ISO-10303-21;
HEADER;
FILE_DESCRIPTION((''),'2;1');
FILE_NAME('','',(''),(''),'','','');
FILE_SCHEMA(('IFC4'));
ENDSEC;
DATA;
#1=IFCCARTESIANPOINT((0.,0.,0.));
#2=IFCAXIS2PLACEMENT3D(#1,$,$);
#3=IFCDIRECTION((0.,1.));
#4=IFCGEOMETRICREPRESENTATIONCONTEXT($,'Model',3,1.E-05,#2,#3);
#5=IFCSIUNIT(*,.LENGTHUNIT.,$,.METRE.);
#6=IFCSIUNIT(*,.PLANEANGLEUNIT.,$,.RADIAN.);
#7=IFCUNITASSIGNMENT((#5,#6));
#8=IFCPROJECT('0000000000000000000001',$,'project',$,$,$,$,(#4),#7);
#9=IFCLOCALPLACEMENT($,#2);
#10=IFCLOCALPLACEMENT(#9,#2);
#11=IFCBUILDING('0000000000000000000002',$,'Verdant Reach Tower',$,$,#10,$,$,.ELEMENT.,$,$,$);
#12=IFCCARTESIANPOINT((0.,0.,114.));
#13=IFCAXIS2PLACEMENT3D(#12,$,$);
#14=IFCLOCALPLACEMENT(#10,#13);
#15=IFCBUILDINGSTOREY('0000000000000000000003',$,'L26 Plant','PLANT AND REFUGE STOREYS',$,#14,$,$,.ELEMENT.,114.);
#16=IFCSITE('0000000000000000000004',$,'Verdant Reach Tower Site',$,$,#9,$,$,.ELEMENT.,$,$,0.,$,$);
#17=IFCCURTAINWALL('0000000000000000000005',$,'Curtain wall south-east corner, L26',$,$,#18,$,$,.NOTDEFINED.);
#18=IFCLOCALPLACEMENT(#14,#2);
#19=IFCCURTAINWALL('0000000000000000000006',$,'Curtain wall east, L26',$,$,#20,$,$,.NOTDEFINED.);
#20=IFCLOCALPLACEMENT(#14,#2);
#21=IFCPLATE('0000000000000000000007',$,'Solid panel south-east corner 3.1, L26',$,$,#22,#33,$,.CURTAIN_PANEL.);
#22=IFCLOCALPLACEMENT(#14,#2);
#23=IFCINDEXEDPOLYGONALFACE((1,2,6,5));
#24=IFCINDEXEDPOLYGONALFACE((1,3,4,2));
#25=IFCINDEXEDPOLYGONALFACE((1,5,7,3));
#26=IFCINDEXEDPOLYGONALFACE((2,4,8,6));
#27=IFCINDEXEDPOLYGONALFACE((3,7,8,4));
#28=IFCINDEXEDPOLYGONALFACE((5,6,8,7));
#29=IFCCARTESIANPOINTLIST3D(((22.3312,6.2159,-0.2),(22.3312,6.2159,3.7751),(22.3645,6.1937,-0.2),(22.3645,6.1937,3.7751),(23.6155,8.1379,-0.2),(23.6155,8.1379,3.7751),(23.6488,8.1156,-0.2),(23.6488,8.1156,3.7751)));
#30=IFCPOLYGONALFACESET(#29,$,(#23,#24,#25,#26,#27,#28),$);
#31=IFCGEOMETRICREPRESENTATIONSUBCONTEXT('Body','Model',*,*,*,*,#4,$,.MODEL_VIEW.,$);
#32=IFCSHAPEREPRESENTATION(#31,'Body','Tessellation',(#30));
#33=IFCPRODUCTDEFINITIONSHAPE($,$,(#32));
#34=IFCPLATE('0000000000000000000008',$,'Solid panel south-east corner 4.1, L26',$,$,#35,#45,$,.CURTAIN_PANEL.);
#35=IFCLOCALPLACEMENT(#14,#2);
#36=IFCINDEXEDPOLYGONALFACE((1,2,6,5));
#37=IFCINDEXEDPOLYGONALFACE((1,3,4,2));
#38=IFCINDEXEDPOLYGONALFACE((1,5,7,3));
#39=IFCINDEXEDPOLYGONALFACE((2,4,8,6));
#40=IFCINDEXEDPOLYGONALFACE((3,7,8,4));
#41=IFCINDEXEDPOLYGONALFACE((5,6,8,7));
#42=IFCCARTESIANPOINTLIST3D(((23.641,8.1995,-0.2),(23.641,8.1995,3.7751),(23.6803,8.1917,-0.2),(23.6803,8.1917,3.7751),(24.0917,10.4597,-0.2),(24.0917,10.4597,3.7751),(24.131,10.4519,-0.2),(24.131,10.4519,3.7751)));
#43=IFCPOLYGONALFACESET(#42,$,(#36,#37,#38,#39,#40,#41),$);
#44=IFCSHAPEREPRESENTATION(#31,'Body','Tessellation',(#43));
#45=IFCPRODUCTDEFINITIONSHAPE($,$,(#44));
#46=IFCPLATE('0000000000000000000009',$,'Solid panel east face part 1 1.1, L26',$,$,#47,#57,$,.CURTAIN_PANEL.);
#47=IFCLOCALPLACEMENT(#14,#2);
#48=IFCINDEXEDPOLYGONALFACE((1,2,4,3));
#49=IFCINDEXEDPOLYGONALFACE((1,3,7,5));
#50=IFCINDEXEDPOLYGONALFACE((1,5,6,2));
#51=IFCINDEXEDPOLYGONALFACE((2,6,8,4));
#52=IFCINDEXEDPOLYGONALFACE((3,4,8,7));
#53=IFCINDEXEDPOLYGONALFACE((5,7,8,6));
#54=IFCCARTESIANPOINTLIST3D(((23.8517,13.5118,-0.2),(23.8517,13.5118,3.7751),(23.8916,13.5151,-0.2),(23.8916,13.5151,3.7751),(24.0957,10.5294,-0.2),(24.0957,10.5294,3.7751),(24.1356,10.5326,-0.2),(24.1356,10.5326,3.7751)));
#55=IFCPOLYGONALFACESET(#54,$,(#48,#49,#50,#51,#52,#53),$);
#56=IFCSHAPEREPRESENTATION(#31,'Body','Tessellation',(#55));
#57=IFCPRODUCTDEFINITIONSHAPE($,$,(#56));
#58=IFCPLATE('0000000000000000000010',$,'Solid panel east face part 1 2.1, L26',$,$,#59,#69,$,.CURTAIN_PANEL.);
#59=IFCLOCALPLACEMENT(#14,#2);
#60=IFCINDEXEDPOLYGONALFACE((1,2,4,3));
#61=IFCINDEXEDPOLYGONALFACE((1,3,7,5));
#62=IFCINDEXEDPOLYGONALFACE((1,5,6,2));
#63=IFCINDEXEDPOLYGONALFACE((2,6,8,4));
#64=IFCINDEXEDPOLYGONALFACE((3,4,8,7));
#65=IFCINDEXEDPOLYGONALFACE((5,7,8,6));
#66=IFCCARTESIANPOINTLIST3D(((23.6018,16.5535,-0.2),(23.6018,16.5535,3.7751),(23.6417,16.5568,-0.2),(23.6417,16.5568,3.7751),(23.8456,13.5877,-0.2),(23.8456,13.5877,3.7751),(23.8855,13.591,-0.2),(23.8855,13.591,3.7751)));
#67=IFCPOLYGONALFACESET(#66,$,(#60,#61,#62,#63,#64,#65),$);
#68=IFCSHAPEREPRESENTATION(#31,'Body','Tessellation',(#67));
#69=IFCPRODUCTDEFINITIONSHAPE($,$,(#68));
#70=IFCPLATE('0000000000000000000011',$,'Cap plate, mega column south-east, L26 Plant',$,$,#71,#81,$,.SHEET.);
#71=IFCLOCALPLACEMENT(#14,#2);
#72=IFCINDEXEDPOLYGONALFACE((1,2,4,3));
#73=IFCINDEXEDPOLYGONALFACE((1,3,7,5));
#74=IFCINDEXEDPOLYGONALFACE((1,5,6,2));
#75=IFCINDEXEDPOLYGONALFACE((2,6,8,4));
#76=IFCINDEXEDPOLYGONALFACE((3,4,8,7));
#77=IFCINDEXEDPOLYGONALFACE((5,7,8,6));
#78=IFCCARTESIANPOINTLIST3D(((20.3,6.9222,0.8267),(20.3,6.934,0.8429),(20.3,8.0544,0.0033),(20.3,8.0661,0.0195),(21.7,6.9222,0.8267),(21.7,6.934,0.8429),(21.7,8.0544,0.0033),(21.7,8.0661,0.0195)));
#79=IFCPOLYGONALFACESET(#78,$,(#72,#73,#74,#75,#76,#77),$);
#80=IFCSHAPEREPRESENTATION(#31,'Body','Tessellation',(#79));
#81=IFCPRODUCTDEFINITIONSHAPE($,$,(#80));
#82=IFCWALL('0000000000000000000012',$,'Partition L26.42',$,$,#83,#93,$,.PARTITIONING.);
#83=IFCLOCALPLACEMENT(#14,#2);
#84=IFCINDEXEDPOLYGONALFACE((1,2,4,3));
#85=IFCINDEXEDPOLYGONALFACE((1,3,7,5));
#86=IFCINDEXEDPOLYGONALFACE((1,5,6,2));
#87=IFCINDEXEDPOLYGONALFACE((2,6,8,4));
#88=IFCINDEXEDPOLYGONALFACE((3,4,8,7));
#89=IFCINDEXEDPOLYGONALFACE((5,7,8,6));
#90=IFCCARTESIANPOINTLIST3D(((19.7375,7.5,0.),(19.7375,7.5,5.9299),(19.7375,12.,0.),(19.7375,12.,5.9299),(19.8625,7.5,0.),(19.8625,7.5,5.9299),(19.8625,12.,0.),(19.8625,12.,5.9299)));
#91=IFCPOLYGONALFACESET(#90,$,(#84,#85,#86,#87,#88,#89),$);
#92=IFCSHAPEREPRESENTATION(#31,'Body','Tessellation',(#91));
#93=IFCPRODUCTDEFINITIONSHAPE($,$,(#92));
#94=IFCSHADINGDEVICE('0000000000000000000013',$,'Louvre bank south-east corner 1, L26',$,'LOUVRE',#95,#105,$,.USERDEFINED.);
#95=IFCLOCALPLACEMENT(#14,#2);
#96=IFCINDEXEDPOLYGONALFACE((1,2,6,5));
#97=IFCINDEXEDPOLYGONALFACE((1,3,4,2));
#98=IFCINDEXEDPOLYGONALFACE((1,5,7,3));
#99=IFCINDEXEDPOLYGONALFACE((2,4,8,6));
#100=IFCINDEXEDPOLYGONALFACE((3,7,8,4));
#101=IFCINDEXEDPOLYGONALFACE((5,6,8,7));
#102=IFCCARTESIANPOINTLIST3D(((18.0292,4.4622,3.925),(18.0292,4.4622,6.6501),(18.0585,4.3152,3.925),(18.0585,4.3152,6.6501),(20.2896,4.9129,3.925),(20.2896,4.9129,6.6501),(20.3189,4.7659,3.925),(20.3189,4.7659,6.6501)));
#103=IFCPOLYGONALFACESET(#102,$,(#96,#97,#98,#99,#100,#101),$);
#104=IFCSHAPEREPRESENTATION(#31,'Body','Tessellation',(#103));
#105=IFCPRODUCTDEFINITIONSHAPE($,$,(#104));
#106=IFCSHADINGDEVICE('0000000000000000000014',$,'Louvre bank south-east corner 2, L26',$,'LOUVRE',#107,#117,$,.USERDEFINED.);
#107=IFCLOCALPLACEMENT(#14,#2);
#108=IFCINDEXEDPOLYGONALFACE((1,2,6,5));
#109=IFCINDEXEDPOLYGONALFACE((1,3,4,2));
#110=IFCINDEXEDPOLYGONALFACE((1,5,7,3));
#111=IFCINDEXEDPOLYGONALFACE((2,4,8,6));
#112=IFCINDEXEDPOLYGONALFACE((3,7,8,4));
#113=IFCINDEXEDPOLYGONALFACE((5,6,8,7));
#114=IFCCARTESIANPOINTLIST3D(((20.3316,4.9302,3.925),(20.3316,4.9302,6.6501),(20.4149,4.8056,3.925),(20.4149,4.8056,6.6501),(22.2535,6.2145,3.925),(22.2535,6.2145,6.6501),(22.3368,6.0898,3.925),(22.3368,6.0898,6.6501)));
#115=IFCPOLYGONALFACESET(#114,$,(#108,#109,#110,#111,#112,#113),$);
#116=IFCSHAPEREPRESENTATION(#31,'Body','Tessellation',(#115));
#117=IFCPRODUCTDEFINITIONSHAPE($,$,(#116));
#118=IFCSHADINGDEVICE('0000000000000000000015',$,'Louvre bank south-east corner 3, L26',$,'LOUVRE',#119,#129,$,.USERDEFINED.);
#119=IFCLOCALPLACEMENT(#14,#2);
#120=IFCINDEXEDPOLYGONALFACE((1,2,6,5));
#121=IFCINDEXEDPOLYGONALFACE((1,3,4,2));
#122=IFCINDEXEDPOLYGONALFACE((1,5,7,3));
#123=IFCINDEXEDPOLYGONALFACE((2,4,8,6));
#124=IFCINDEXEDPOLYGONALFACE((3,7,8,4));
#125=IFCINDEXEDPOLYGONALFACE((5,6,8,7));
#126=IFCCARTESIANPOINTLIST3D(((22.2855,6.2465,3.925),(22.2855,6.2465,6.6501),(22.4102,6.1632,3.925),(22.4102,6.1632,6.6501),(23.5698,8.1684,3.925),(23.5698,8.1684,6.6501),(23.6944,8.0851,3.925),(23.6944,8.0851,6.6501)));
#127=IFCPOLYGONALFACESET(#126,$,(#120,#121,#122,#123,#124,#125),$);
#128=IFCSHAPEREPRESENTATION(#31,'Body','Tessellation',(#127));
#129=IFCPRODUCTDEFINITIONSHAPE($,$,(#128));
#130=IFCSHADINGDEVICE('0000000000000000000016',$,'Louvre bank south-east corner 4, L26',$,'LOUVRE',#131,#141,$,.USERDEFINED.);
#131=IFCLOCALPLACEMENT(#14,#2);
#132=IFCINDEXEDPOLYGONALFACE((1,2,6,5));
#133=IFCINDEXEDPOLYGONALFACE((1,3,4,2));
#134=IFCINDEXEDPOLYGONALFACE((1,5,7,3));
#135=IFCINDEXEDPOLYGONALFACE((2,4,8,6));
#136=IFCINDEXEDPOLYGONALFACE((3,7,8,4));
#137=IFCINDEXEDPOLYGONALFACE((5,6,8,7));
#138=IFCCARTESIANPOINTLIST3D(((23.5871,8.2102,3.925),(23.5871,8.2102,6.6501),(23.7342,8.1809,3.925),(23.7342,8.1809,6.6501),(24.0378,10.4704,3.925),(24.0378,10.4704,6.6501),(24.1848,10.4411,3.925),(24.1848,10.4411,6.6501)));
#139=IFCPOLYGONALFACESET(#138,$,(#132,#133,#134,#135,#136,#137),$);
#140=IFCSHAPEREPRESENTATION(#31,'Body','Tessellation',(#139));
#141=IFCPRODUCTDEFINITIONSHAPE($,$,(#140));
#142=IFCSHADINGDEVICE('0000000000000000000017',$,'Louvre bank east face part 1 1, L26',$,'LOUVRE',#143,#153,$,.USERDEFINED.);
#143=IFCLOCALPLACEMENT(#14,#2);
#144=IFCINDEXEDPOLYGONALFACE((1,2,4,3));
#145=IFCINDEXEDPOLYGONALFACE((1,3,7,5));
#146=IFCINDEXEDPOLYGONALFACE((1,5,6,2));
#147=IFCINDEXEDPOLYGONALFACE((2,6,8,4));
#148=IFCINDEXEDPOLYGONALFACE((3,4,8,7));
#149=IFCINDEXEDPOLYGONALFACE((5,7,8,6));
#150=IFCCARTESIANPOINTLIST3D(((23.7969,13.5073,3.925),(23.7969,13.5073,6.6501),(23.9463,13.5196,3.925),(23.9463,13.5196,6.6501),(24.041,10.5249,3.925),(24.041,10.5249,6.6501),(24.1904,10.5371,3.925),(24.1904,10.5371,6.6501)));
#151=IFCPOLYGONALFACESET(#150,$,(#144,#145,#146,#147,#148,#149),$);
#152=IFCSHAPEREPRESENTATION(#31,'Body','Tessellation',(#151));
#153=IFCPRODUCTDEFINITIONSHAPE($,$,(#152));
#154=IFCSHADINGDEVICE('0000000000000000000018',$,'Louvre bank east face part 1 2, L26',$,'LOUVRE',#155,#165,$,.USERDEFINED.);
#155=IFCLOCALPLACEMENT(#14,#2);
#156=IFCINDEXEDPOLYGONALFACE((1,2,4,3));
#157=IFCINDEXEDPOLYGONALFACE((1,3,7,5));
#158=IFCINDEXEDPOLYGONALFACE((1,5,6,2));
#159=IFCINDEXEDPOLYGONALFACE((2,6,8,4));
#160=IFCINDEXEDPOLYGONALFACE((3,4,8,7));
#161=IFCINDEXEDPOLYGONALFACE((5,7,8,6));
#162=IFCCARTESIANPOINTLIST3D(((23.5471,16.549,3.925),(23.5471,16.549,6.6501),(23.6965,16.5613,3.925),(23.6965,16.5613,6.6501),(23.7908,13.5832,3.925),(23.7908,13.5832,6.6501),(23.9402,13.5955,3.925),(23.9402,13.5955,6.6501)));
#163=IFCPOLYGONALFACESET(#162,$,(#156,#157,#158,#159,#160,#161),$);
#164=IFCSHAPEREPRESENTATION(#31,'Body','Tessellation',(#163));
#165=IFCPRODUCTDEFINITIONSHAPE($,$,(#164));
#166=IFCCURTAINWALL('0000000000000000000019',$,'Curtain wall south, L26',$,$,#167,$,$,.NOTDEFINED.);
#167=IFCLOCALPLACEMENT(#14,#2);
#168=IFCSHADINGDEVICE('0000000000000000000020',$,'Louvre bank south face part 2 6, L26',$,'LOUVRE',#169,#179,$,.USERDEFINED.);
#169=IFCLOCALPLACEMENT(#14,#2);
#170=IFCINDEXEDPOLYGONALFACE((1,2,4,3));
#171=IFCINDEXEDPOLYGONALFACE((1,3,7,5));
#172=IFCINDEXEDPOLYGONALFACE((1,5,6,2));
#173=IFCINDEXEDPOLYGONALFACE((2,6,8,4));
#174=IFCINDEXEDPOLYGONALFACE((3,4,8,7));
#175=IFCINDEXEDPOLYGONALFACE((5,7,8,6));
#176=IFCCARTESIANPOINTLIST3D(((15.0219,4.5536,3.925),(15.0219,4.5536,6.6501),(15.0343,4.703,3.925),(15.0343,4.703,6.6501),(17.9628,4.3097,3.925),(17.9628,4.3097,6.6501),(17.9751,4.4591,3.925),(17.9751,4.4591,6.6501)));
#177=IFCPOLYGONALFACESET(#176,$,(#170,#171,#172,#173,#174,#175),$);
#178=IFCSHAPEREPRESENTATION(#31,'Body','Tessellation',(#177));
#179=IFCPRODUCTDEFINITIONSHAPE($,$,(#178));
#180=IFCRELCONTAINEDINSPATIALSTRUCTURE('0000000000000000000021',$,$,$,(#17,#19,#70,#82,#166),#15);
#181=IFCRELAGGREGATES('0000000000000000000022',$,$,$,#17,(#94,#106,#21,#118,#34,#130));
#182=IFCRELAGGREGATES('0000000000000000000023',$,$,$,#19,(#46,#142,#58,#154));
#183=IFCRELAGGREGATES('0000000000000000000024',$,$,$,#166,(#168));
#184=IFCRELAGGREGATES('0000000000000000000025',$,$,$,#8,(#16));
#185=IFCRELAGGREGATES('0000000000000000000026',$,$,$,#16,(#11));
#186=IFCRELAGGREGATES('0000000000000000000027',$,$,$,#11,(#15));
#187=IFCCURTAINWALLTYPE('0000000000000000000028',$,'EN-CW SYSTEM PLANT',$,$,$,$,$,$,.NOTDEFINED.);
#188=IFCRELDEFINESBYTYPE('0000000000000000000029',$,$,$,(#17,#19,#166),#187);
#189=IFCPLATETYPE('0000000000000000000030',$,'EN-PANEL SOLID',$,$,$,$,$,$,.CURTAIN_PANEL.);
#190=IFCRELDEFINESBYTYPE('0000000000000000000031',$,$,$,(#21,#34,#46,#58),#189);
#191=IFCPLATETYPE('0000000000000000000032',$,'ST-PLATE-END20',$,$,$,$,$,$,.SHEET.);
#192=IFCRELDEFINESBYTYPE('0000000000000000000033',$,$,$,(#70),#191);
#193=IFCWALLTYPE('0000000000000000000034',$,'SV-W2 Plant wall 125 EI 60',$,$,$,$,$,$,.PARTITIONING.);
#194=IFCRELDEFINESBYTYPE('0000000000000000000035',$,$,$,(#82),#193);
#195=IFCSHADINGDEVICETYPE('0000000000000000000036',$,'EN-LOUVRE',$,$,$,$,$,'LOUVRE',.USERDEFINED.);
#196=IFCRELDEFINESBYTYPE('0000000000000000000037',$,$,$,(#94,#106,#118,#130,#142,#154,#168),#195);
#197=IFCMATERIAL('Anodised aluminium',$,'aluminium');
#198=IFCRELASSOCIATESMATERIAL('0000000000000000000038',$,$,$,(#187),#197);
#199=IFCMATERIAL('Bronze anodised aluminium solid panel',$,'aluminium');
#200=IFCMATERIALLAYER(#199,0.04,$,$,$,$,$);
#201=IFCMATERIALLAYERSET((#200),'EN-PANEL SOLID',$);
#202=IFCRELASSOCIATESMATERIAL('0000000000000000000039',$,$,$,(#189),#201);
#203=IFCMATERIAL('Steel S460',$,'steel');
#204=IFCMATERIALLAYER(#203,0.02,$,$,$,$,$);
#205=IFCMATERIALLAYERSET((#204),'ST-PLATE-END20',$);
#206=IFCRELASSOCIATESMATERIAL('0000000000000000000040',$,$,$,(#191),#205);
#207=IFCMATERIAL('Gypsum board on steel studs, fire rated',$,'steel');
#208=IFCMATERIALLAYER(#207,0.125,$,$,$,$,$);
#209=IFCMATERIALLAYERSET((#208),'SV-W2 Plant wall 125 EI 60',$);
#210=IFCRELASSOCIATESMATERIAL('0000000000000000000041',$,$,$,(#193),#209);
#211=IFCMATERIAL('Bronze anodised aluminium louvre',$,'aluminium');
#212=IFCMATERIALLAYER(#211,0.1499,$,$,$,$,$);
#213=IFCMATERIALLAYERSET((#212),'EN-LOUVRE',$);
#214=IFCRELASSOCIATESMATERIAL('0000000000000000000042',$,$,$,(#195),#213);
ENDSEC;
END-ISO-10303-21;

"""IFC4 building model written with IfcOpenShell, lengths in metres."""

from ifc_helpers import new_model, si_unit, direction, frame, frame_2d, origin, origin_2d, place, context, subcontext, project, spatial, rectangle, extrude, material, layer, layer_set, type_object, element, aggregate, save


model = new_model("IFC4")

# Units and contexts
model_context = context("Model", 3, precision=1e-05, world=origin(), true_north=direction((0.0, 1.0)))
body_context = subcontext(model_context, "Body", "Model", "MODEL_VIEW")
ifc_project = project(units=[si_unit("LENGTHUNIT", "METRE"), si_unit("PLANEANGLEUNIT", "RADIAN")], contexts=[model_context])

# Site, building, storey
site_placement = place(None, origin())
site = spatial("IfcSite", under=ifc_project, at=site_placement, Name="Verdant Reach Tower Site", CompositionType="ELEMENT", RefElevation=0.0)
building_placement = place(site_placement, origin())
building = spatial("IfcBuilding", under=site, at=building_placement, Name="Verdant Reach Tower", CompositionType="ELEMENT")
storey_placement = place(building_placement, frame((0.0, 0.0, 114.0)))
storey = spatial("IfcBuildingStorey", under=building, at=storey_placement, Name="L26 Plant", Description="PLANT AND REFUGE STOREYS", CompositionType="ELEMENT", Elevation=114.0)

# Shared definitions
ifc_material_1 = material(Name="Steel S460", Category="steel")

# Curtain walls
ifc_material_2 = material(Name="Anodised aluminium", Category="aluminium")
curtain_wall_type = type_object("IfcCurtainWallType", Name="EN-CW SYSTEM PLANT", PredefinedType="NOTDEFINED", material=ifc_material_2)
curtain_wall_1_placement = place(storey_placement, origin())
curtain_wall_1 = element("IfcCurtainWall", 1, at=curtain_wall_1_placement, inside=storey, type_object=curtain_wall_type, Name="Curtain wall south-east corner, L26", PredefinedType="NOTDEFINED")
curtain_wall_2_placement = place(storey_placement, origin())
curtain_wall_2 = element("IfcCurtainWall", 2, at=curtain_wall_2_placement, inside=storey, type_object=curtain_wall_type, Name="Curtain wall east, L26", PredefinedType="NOTDEFINED")

# Plates
ifc_material_3 = material(Name="Bronze anodised aluminium solid panel", Category="aluminium")
ifc_layer_1 = layer(ifc_material_3, 0.04)
ifc_layer_set_1 = layer_set([ifc_layer_1], Name="EN-PANEL SOLID")
plate_type_1 = type_object("IfcPlateType", Name="EN-PANEL SOLID", PredefinedType="CURTAIN_PANEL", material=ifc_layer_set_1)
plate_1_placement = place(storey_placement, frame((22.99, 7.1658, -0.2), z_axis=(0.0, 0.0, 1.0), x_axis=(0.555596, 0.831452, 0.0)))
plate_1 = element("IfcPlate", 3, at=plate_1_placement, type_object=plate_type_1, Name="Solid panel south-east corner 3.1, L26", PredefinedType="CURTAIN_PANEL", context=body_context, shape_type="SweptSolid", body=[
    extrude(rectangle(XDim=2.3115, YDim=0.04, at=origin_2d()), origin(), (0.0, 0.0, 1.0), 3.9751),
])
plate_2_placement = place(storey_placement, frame((23.886, 9.3257, -0.2), z_axis=(0.0, 0.0, 1.0), x_axis=(0.195549, 0.980694, 0.0)))
plate_2 = element("IfcPlate", 4, at=plate_2_placement, type_object=plate_type_1, Name="Solid panel south-east corner 4.1, L26", PredefinedType="CURTAIN_PANEL", context=body_context, shape_type="SweptSolid", body=[
    extrude(rectangle(XDim=2.3047, YDim=0.04, at=origin_2d()), origin(), (0.0, 0.0, 1.0), 3.9751),
])
plate_3_placement = place(storey_placement, frame((23.9937, 12.0222, -0.2), z_axis=(0.0, 0.0, 1.0), x_axis=(-0.081542, 0.99667, 0.0)))
plate_3 = element("IfcPlate", 5, at=plate_3_placement, type_object=plate_type_1, Name="Solid panel east face part 1 1.1, L26", PredefinedType="CURTAIN_PANEL", context=body_context, shape_type="SweptSolid", body=[
    extrude(rectangle(XDim=2.9924, YDim=0.04, at=origin_2d()), origin(), (0.0, 0.0, 1.0), 3.9751),
])
plate_4_placement = place(storey_placement, frame((23.7437, 15.0723, -0.2), z_axis=(0.0, 0.0, 1.0), x_axis=(-0.081916, 0.996639, 0.0)))
plate_4 = element("IfcPlate", 6, at=plate_4_placement, type_object=plate_type_1, Name="Solid panel east face part 1 2.1, L26", PredefinedType="CURTAIN_PANEL", context=body_context, shape_type="SweptSolid", body=[
    extrude(rectangle(XDim=2.9758, YDim=0.04, at=origin_2d()), origin(), (0.0, 0.0, 1.0), 3.9751),
])
ifc_layer_2 = layer(ifc_material_1, 0.02)
ifc_layer_set_2 = layer_set([ifc_layer_2], Name="ST-PLATE-END20")
plate_type_2 = type_object("IfcPlateType", Name="ST-PLATE-END20", PredefinedType="SHEET", material=ifc_layer_set_2)
plate_5_placement = place(storey_placement, frame((21.0, 7.4883, 0.415), z_axis=(0.0, 0.588172, 0.808736), x_axis=(-1.0, 0.0, 0.0)))
element("IfcPlate", 7, at=plate_5_placement, inside=storey, type_object=plate_type_2, Name="Cap plate, mega column south-east, L26 Plant", PredefinedType="SHEET", context=body_context, shape_type="SweptSolid", body=[
    extrude(rectangle(XDim=1.3999, YDim=1.3999, at=origin_2d()), origin(), (0.0, 0.0, 1.0), 0.02),
])

# Wall
ifc_material_4 = material(Name="Gypsum board on steel studs, fire rated", Category="steel")
ifc_layer_3 = layer(ifc_material_4, 0.125)
ifc_layer_set_3 = layer_set([ifc_layer_3], Name="SV-W2 Plant wall 125 EI 60")
wall_type = type_object("IfcWallType", Name="SV-W2 Plant wall 125 EI 60", PredefinedType="PARTITIONING", material=ifc_layer_set_3)
wall_placement = place(storey_placement, frame((19.8, 12.0, 0.0), z_axis=(0.0, 0.0, 1.0), x_axis=(0.0, -1.0, 0.0)))
element("IfcWall", 8, at=wall_placement, inside=storey, type_object=wall_type, Name="Partition L26.42", PredefinedType="PARTITIONING", context=body_context, shape_type="SweptSolid", body=[
    extrude(rectangle(XDim=4.5, YDim=0.125, at=frame_2d((2.25, 0.0))), origin(), (0.0, 0.0, 1.0), 5.9299),
])

# Shading devices
ifc_material_5 = material(Name="Bronze anodised aluminium louvre", Category="aluminium")
ifc_layer_4 = layer(ifc_material_5, 0.1499)
ifc_layer_set_4 = layer_set([ifc_layer_4], Name="EN-LOUVRE")
shading_device_type = type_object("IfcShadingDeviceType", Name="EN-LOUVRE", ElementType="LOUVRE", PredefinedType="USERDEFINED", material=ifc_layer_set_4)
shading_device_1_placement = place(storey_placement, frame((19.1741, 4.614, 3.925), z_axis=(0.0, 0.0, 1.0), x_axis=(0.980695, 0.195545, 0.0)))
shading_device_1 = element("IfcShadingDevice", 9, at=shading_device_1_placement, type_object=shading_device_type, Name="Louvre bank south-east corner 1, L26", ObjectType="LOUVRE", PredefinedType="USERDEFINED", context=body_context, shape_type="SweptSolid", body=[
    extrude(rectangle(XDim=2.3049, YDim=0.1499, at=origin_2d()), origin(), (0.0, 0.0, 1.0), 2.7251),
])
shading_device_2_placement = place(storey_placement, frame((21.3342, 5.51, 3.925), z_axis=(0.0, 0.0, 1.0), x_axis=(0.831452, 0.555596, 0.0)))
shading_device_2 = element("IfcShadingDevice", 10, at=shading_device_2_placement, type_object=shading_device_type, Name="Louvre bank south-east corner 2, L26", ObjectType="LOUVRE", PredefinedType="USERDEFINED", context=body_context, shape_type="SweptSolid", body=[
    extrude(rectangle(XDim=2.3115, YDim=0.1499, at=origin_2d()), origin(), (0.0, 0.0, 1.0), 2.7251),
])
shading_device_3_placement = place(storey_placement, frame((22.99, 7.1658, 3.925), z_axis=(0.0, 0.0, 1.0), x_axis=(0.555596, 0.831452, 0.0)))
shading_device_3 = element("IfcShadingDevice", 11, at=shading_device_3_placement, type_object=shading_device_type, Name="Louvre bank south-east corner 3, L26", ObjectType="LOUVRE", PredefinedType="USERDEFINED", context=body_context, shape_type="SweptSolid", body=[
    extrude(rectangle(XDim=2.3115, YDim=0.1499, at=origin_2d()), origin(), (0.0, 0.0, 1.0), 2.7251),
])
shading_device_4_placement = place(storey_placement, frame((23.886, 9.3257, 3.925), z_axis=(0.0, 0.0, 1.0), x_axis=(0.195549, 0.980694, 0.0)))
shading_device_4 = element("IfcShadingDevice", 12, at=shading_device_4_placement, type_object=shading_device_type, Name="Louvre bank south-east corner 4, L26", ObjectType="LOUVRE", PredefinedType="USERDEFINED", context=body_context, shape_type="SweptSolid", body=[
    extrude(rectangle(XDim=2.3047, YDim=0.1499, at=origin_2d()), origin(), (0.0, 0.0, 1.0), 2.7251),
])
aggregate(curtain_wall_1, [shading_device_1, shading_device_2, plate_1, shading_device_3, plate_2, shading_device_4])
shading_device_5_placement = place(storey_placement, frame((23.9937, 12.0222, 3.925), z_axis=(0.0, 0.0, 1.0), x_axis=(-0.081542, 0.99667, 0.0)))
shading_device_5 = element("IfcShadingDevice", 13, at=shading_device_5_placement, type_object=shading_device_type, Name="Louvre bank east face part 1 1, L26", ObjectType="LOUVRE", PredefinedType="USERDEFINED", context=body_context, shape_type="SweptSolid", body=[
    extrude(rectangle(XDim=2.9924, YDim=0.1499, at=origin_2d()), origin(), (0.0, 0.0, 1.0), 2.7251),
])
shading_device_6_placement = place(storey_placement, frame((23.7437, 15.0723, 3.925), z_axis=(0.0, 0.0, 1.0), x_axis=(-0.081916, 0.996639, 0.0)))
shading_device_6 = element("IfcShadingDevice", 14, at=shading_device_6_placement, type_object=shading_device_type, Name="Louvre bank east face part 1 2, L26", ObjectType="LOUVRE", PredefinedType="USERDEFINED", context=body_context, shape_type="SweptSolid", body=[
    extrude(rectangle(XDim=2.9758, YDim=0.1499, at=origin_2d()), origin(), (0.0, 0.0, 1.0), 2.7251),
])
aggregate(curtain_wall_2, [plate_3, shading_device_5, plate_4, shading_device_6])

# Curtain wall, shading device
curtain_wall_3_placement = place(storey_placement, origin())
curtain_wall_3 = element("IfcCurtainWall", 15, at=curtain_wall_3_placement, inside=storey, type_object=curtain_wall_type, Name="Curtain wall south, L26", PredefinedType="NOTDEFINED")
shading_device_7_placement = place(storey_placement, frame((16.4985, 4.5063, 3.925), z_axis=(0.0, 0.0, 1.0), x_axis=(0.996578, -0.082664, 0.0)))
shading_device_7 = element("IfcShadingDevice", 16, at=shading_device_7_placement, type_object=shading_device_type, Name="Louvre bank south face part 2 6, L26", ObjectType="LOUVRE", PredefinedType="USERDEFINED", context=body_context, shape_type="SweptSolid", body=[
    extrude(rectangle(XDim=2.9509, YDim=0.1499, at=origin_2d()), origin(), (0.0, 0.0, 1.0), 2.7251),
])
aggregate(curtain_wall_3, [shading_device_7])

save(model, "model.ifc")
